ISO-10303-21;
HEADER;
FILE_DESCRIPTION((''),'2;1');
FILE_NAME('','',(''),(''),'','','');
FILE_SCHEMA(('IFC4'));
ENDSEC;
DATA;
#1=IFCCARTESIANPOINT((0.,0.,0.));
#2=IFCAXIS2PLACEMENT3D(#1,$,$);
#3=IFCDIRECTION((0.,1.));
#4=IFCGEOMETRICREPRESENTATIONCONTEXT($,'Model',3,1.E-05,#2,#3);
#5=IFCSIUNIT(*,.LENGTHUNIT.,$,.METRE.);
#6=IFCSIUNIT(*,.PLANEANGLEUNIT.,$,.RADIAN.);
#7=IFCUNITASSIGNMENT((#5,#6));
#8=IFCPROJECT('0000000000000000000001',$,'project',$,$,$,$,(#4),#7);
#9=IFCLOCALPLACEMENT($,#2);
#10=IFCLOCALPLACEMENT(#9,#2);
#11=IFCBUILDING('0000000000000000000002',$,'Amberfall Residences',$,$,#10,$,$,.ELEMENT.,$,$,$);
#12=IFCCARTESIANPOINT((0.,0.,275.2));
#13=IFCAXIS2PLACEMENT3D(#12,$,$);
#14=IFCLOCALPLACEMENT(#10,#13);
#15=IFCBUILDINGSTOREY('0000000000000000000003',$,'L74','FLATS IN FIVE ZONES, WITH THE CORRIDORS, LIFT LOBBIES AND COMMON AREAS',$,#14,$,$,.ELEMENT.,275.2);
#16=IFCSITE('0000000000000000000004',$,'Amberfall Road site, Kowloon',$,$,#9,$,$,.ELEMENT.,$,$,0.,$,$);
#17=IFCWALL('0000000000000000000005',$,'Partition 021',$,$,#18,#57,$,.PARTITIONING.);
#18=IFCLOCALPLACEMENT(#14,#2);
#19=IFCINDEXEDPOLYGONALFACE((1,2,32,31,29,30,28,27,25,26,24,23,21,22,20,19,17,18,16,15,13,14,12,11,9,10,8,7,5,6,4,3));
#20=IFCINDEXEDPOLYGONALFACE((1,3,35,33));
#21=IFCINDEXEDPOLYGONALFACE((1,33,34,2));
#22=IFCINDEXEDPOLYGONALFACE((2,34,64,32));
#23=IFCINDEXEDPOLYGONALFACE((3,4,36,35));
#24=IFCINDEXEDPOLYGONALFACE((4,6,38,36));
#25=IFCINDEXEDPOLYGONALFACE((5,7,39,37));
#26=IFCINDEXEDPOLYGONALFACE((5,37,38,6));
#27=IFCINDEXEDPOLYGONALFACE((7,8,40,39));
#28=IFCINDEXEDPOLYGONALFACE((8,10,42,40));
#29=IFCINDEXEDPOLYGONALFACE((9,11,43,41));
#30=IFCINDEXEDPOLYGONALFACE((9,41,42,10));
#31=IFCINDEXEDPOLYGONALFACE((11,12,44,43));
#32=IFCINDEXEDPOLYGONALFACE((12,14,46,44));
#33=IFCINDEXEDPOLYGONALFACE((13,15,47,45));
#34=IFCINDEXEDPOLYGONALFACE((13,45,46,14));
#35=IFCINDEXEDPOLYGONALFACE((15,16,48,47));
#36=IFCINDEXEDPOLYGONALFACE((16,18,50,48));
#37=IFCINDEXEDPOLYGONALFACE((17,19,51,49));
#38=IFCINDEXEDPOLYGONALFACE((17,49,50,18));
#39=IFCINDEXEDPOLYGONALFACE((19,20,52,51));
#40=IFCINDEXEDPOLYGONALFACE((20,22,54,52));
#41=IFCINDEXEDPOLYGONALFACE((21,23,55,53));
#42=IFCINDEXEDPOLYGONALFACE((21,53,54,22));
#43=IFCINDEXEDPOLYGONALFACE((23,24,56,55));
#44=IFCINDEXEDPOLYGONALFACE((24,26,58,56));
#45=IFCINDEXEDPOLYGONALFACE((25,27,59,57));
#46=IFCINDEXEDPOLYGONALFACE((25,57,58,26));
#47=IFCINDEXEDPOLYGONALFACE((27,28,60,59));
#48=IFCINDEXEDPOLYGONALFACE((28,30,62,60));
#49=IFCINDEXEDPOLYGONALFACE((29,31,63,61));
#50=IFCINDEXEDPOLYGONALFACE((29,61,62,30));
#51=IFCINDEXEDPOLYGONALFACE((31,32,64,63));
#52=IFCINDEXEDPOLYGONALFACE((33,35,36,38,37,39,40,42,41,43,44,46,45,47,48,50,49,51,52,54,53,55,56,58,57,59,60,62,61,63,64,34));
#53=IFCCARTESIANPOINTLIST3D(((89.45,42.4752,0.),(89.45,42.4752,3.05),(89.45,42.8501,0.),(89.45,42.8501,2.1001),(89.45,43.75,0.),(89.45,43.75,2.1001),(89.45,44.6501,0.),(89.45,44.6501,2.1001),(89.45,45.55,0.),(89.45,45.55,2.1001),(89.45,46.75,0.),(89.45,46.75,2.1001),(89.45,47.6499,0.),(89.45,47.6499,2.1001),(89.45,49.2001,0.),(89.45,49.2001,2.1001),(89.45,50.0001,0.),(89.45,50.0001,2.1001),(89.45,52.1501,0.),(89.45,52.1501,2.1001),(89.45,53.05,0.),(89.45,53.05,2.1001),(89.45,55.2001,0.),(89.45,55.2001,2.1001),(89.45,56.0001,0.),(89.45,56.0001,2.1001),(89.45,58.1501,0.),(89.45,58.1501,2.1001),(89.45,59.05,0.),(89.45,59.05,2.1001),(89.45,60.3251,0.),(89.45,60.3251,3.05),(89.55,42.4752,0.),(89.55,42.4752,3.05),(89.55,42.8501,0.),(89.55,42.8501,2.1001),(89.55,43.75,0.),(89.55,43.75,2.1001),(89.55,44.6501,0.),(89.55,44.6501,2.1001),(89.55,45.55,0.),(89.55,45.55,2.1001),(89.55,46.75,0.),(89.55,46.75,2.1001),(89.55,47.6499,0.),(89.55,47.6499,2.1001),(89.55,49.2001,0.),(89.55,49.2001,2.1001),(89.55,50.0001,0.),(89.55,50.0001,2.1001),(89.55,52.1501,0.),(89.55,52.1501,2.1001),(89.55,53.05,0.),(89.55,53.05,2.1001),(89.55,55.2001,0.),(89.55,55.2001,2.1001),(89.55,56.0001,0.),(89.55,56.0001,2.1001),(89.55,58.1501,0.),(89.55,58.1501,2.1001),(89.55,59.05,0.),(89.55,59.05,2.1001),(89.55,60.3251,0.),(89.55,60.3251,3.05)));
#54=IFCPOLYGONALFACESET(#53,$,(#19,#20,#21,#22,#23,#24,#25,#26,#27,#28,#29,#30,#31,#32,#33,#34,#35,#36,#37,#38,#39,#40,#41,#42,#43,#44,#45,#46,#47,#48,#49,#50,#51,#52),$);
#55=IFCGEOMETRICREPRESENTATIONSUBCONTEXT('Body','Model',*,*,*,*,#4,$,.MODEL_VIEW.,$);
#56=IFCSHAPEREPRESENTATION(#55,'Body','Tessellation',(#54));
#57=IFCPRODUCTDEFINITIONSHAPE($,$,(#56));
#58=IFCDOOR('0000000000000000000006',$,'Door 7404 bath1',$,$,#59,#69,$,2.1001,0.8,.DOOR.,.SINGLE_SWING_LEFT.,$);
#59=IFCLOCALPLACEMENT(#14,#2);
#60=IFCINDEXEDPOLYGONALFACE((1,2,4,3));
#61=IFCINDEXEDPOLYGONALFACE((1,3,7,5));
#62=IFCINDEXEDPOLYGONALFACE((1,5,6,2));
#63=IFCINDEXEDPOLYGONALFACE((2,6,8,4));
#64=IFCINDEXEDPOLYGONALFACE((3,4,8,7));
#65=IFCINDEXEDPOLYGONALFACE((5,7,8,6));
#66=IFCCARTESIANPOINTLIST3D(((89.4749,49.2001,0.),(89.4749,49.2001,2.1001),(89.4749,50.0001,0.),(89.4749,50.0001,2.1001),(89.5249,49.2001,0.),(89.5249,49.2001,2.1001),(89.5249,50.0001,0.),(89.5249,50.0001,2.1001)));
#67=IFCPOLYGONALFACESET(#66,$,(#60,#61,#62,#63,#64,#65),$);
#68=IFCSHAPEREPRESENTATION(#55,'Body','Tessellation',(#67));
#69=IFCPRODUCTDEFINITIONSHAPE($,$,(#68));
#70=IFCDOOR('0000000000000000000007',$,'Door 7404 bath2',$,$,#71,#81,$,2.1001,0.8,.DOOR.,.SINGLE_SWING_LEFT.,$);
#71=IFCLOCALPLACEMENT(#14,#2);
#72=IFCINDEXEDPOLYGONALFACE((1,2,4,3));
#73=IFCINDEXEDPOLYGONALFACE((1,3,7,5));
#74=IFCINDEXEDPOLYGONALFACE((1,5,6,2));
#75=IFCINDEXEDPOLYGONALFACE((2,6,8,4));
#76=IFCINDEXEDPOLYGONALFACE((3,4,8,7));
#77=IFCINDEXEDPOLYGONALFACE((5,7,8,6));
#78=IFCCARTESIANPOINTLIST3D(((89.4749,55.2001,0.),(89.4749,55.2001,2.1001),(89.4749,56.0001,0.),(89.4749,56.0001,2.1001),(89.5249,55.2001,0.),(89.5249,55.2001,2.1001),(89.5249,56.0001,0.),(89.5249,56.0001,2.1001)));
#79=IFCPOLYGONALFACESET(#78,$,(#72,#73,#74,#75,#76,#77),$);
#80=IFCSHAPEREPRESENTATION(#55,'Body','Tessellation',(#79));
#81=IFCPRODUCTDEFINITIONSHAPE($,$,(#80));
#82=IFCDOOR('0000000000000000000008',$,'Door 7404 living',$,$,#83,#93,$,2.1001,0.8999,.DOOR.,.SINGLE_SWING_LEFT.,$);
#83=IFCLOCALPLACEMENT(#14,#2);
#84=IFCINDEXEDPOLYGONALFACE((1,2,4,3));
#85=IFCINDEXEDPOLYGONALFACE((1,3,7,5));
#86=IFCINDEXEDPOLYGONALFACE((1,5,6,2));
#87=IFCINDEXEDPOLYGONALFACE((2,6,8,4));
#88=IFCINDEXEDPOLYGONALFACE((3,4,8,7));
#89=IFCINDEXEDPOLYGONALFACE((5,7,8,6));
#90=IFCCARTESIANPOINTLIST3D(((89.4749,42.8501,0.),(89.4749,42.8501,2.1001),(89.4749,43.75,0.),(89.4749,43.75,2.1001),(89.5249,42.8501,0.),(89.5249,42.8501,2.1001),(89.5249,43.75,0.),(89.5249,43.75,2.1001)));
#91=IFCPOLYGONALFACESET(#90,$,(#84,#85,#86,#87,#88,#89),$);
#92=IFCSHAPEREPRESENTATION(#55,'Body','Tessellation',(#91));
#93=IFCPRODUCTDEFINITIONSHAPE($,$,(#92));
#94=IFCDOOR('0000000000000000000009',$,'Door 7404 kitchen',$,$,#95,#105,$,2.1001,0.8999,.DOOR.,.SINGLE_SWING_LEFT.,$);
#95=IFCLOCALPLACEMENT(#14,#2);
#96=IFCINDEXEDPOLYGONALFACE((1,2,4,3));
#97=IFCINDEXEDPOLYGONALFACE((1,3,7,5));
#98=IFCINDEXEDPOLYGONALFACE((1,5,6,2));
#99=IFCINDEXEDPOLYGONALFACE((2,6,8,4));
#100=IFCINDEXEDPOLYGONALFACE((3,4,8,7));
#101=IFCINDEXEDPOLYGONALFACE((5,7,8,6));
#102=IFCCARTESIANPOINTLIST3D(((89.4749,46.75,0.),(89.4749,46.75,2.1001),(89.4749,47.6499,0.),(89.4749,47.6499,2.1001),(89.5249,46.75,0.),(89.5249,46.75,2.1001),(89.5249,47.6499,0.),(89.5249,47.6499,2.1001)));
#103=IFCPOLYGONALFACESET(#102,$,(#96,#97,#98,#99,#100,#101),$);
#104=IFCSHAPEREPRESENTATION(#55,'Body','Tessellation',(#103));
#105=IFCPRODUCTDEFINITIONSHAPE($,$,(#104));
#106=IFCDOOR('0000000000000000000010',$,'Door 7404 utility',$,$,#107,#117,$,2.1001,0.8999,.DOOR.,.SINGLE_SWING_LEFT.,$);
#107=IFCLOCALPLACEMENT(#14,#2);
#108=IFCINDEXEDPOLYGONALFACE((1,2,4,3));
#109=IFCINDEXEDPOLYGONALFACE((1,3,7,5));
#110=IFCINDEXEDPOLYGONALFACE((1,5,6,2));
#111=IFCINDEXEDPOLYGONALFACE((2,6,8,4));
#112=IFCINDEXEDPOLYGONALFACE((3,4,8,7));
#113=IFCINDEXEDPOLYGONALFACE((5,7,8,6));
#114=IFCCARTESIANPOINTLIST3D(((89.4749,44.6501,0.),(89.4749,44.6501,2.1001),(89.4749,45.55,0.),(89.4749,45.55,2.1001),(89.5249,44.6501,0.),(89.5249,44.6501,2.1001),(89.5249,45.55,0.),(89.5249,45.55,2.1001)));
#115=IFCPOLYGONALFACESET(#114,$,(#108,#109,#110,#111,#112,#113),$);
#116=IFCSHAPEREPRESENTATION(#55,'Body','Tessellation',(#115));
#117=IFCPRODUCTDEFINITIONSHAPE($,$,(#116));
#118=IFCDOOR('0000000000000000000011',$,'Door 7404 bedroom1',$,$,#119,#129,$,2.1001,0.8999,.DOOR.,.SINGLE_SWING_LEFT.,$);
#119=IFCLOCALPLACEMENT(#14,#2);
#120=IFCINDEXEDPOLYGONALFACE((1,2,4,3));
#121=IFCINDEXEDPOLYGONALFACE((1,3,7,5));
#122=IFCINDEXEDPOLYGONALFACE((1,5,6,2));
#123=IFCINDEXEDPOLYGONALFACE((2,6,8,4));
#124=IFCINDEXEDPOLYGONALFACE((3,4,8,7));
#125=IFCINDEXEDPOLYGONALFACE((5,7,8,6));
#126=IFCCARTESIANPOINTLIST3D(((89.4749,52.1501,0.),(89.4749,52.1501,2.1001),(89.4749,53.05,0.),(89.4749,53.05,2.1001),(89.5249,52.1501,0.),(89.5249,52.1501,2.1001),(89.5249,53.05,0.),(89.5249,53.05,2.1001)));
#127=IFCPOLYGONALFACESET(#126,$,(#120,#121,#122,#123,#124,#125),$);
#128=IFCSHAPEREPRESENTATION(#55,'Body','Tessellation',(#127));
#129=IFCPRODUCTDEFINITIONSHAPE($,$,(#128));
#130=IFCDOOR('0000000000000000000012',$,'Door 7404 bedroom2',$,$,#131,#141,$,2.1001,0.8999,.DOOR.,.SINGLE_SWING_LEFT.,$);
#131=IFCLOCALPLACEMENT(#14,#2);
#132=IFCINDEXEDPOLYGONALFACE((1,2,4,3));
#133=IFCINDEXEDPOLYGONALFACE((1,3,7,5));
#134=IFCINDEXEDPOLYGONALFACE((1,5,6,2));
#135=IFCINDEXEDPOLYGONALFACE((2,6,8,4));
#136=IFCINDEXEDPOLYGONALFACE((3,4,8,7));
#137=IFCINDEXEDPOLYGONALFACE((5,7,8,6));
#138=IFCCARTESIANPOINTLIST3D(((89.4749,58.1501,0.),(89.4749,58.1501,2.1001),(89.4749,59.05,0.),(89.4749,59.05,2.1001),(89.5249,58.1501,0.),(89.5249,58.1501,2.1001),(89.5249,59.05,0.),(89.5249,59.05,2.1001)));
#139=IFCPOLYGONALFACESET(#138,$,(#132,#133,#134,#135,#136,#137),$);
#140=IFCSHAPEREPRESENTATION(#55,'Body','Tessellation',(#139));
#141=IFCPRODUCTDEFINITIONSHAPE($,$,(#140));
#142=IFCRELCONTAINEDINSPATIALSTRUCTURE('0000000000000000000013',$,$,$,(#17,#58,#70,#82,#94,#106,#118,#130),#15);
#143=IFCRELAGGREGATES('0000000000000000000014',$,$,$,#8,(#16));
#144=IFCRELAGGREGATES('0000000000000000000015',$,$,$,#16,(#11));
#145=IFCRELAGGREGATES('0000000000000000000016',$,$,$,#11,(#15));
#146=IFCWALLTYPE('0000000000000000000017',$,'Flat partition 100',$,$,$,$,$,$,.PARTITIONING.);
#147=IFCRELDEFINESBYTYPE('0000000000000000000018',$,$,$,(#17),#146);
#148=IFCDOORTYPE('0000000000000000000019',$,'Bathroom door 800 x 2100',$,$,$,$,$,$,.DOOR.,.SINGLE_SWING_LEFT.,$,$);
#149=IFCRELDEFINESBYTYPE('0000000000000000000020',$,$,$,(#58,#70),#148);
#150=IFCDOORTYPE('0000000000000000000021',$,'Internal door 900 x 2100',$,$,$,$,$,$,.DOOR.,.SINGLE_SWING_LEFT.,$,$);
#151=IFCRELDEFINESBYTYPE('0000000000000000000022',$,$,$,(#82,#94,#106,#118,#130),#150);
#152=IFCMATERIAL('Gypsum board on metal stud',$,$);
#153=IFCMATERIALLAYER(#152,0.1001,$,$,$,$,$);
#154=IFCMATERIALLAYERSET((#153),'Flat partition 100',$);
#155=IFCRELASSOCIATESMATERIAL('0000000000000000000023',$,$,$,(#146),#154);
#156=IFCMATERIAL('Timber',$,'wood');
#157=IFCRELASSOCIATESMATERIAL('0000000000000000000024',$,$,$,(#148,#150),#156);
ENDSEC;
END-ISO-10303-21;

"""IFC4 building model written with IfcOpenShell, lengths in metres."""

from ifc_helpers import new_model, si_unit, direction, frame, frame_2d, origin, place, context, subcontext, project, spatial, rectangle, extrude, material, layer, layer_set, type_object, element, fill, save


model = new_model("IFC4")

# Units and contexts
model_context = context("Model", 3, precision=1e-05, world=origin(), true_north=direction((0.0, 1.0)))
body_context = subcontext(model_context, "Body", "Model", "MODEL_VIEW")
ifc_project = project(units=[si_unit("LENGTHUNIT", "METRE"), si_unit("PLANEANGLEUNIT", "RADIAN")], contexts=[model_context])

# Site, building, storey
site_placement = place(None, origin())
site = spatial("IfcSite", under=ifc_project, at=site_placement, Name="Amberfall Road site, Kowloon", CompositionType="ELEMENT", RefElevation=0.0)
building_placement = place(site_placement, origin())
building = spatial("IfcBuilding", under=site, at=building_placement, Name="Amberfall Residences", CompositionType="ELEMENT")
storey_placement = place(building_placement, frame((0.0, 0.0, 275.2)))
storey = spatial("IfcBuildingStorey", under=building, at=storey_placement, Name="L74", Description="FLATS IN FIVE ZONES, WITH THE CORRIDORS, LIFT LOBBIES AND COMMON AREAS", CompositionType="ELEMENT", Elevation=275.2)

# Wall, openings, doors
ifc_material_1 = material(Name="Gypsum board on metal stud")
ifc_layer_1 = layer(ifc_material_1, 0.1001)
ifc_layer_set_1 = layer_set([ifc_layer_1], Name="Flat partition 100")
wall_type_1 = type_object("IfcWallType", Name="Flat partition 100", PredefinedType="PARTITIONING", material=ifc_layer_set_1)
wall_1_placement = place(storey_placement, frame((89.5, 60.325, 0.0), z_axis=(0.0, 0.0, 1.0), x_axis=(0.0, -1.0, 0.0)))
wall_1 = element("IfcWall", 1, at=wall_1_placement, inside=storey, type_object=wall_type_1, Name="Partition 021", PredefinedType="PARTITIONING", context=body_context, shape_type="SweptSolid", body=[
    extrude(rectangle(XDim=17.8499, YDim=0.1001, at=frame_2d((8.9248, 0.0))), origin(), (0.0, 0.0, 1.0), 3.05),
])
opening_1_placement = place(wall_1_placement, frame((16.575, 0.0, 0.0)))
opening_1 = element("IfcOpeningElement", 2, at=opening_1_placement, cuts=wall_1, PredefinedType="OPENING", context=body_context, shape_type="SweptSolid", body=[
    extrude(rectangle(XDim=0.8999, YDim=2.1001, at=frame_2d((0.45, 1.05))), frame((0.0, 0.0601, 0.0), z_axis=(0.0, -1.0, 0.0), x_axis=(1.0, 0.0, 0.0)), (0.0, 0.0, 1.0), 0.1201),
])
opening_2_placement = place(wall_1_placement, frame((12.675, 0.0, 0.0)))
opening_2 = element("IfcOpeningElement", 3, at=opening_2_placement, cuts=wall_1, PredefinedType="OPENING", context=body_context, shape_type="SweptSolid", body=[
    extrude(rectangle(XDim=0.8999, YDim=2.1001, at=frame_2d((0.45, 1.05))), frame((0.0, 0.0601, 0.0), z_axis=(0.0, -1.0, 0.0), x_axis=(1.0, 0.0, 0.0)), (0.0, 0.0, 1.0), 0.1201),
])
opening_3_placement = place(wall_1_placement, frame((14.7749, 0.0, 0.0)))
opening_3 = element("IfcOpeningElement", 4, at=opening_3_placement, cuts=wall_1, PredefinedType="OPENING", context=body_context, shape_type="SweptSolid", body=[
    extrude(rectangle(XDim=0.8999, YDim=2.1001, at=frame_2d((0.45, 1.05))), frame((0.0, 0.0601, 0.0), z_axis=(0.0, -1.0, 0.0), x_axis=(1.0, 0.0, 0.0)), (0.0, 0.0, 1.0), 0.1201),
])
opening_4_placement = place(wall_1_placement, frame((7.2749, 0.0, 0.0)))
opening_4 = element("IfcOpeningElement", 5, at=opening_4_placement, cuts=wall_1, PredefinedType="OPENING", context=body_context, shape_type="SweptSolid", body=[
    extrude(rectangle(XDim=0.8999, YDim=2.1001, at=frame_2d((0.45, 1.05))), frame((0.0, 0.0601, 0.0), z_axis=(0.0, -1.0, 0.0), x_axis=(1.0, 0.0, 0.0)), (0.0, 0.0, 1.0), 0.1201),
])
opening_5_placement = place(wall_1_placement, frame((1.2749, 0.0, 0.0)))
opening_5 = element("IfcOpeningElement", 6, at=opening_5_placement, cuts=wall_1, PredefinedType="OPENING", context=body_context, shape_type="SweptSolid", body=[
    extrude(rectangle(XDim=0.8999, YDim=2.1001, at=frame_2d((0.45, 1.05))), frame((0.0, 0.0601, 0.0), z_axis=(0.0, -1.0, 0.0), x_axis=(1.0, 0.0, 0.0)), (0.0, 0.0, 1.0), 0.1201),
])
opening_6_placement = place(wall_1_placement, frame((10.325, 0.0, 0.0)))
opening_6 = element("IfcOpeningElement", 7, at=opening_6_placement, cuts=wall_1, PredefinedType="OPENING", context=body_context, shape_type="SweptSolid", body=[
    extrude(rectangle(XDim=0.8, YDim=2.1001, at=frame_2d((0.3999, 1.05))), frame((0.0, 0.0601, 0.0), z_axis=(0.0, -1.0, 0.0), x_axis=(1.0, 0.0, 0.0)), (0.0, 0.0, 1.0), 0.1201),
])
opening_7_placement = place(wall_1_placement, frame((4.325, 0.0, 0.0)))
opening_7 = element("IfcOpeningElement", 8, at=opening_7_placement, cuts=wall_1, PredefinedType="OPENING", context=body_context, shape_type="SweptSolid", body=[
    extrude(rectangle(XDim=0.8, YDim=2.1001, at=frame_2d((0.3999, 1.05))), frame((0.0, 0.0601, 0.0), z_axis=(0.0, -1.0, 0.0), x_axis=(1.0, 0.0, 0.0)), (0.0, 0.0, 1.0), 0.1201),
])
ifc_material_2 = material(Name="Timber", Category="wood")
door_type_1 = type_object("IfcDoorType", Name="Bathroom door 800 x 2100", OperationType="SINGLE_SWING_LEFT", PredefinedType="DOOR", material=ifc_material_2)
door_1_placement = place(opening_6_placement, origin())
door_1 = element("IfcDoor", 9, at=door_1_placement, inside=storey, type_object=door_type_1, Name="Door 7404 bath1", OperationType="SINGLE_SWING_LEFT", OverallHeight=2.1001, OverallWidth=0.8, PredefinedType="DOOR", context=body_context, shape_type="SweptSolid", body=[
    extrude(rectangle(XDim=0.8, YDim=2.1001, at=frame_2d((0.3999, 1.05))), frame((0.0, 0.0249, 0.0), z_axis=(0.0, -1.0, 0.0), x_axis=(1.0, 0.0, 0.0)), (0.0, 0.0, 1.0), 0.05),
])
fill(opening_6, door_1)
door_2_placement = place(opening_7_placement, origin())
door_2 = element("IfcDoor", 10, at=door_2_placement, inside=storey, type_object=door_type_1, Name="Door 7404 bath2", OperationType="SINGLE_SWING_LEFT", OverallHeight=2.1001, OverallWidth=0.8, PredefinedType="DOOR", context=body_context, shape_type="SweptSolid", body=[
    extrude(rectangle(XDim=0.8, YDim=2.1001, at=frame_2d((0.3999, 1.05))), frame((0.0, 0.0249, 0.0), z_axis=(0.0, -1.0, 0.0), x_axis=(1.0, 0.0, 0.0)), (0.0, 0.0, 1.0), 0.05),
])
fill(opening_7, door_2)
door_type_2 = type_object("IfcDoorType", Name="Internal door 900 x 2100", OperationType="SINGLE_SWING_LEFT", PredefinedType="DOOR", material=ifc_material_2)
door_3_placement = place(opening_1_placement, origin())
door_3 = element("IfcDoor", 11, at=door_3_placement, inside=storey, type_object=door_type_2, Name="Door 7404 living", OperationType="SINGLE_SWING_LEFT", OverallHeight=2.1001, OverallWidth=0.8999, PredefinedType="DOOR", context=body_context, shape_type="SweptSolid", body=[
    extrude(rectangle(XDim=0.8999, YDim=2.1001, at=frame_2d((0.45, 1.05))), frame((0.0, 0.0249, 0.0), z_axis=(0.0, -1.0, 0.0), x_axis=(1.0, 0.0, 0.0)), (0.0, 0.0, 1.0), 0.05),
])
fill(opening_1, door_3)
door_4_placement = place(opening_2_placement, origin())
door_4 = element("IfcDoor", 12, at=door_4_placement, inside=storey, type_object=door_type_2, Name="Door 7404 kitchen", OperationType="SINGLE_SWING_LEFT", OverallHeight=2.1001, OverallWidth=0.8999, PredefinedType="DOOR", context=body_context, shape_type="SweptSolid", body=[
    extrude(rectangle(XDim=0.8999, YDim=2.1001, at=frame_2d((0.45, 1.05))), frame((0.0, 0.0249, 0.0), z_axis=(0.0, -1.0, 0.0), x_axis=(1.0, 0.0, 0.0)), (0.0, 0.0, 1.0), 0.05),
])
fill(opening_2, door_4)
door_5_placement = place(opening_3_placement, origin())
door_5 = element("IfcDoor", 13, at=door_5_placement, inside=storey, type_object=door_type_2, Name="Door 7404 utility", OperationType="SINGLE_SWING_LEFT", OverallHeight=2.1001, OverallWidth=0.8999, PredefinedType="DOOR", context=body_context, shape_type="SweptSolid", body=[
    extrude(rectangle(XDim=0.8999, YDim=2.1001, at=frame_2d((0.45, 1.05))), frame((0.0, 0.0249, 0.0), z_axis=(0.0, -1.0, 0.0), x_axis=(1.0, 0.0, 0.0)), (0.0, 0.0, 1.0), 0.05),
])
fill(opening_3, door_5)
door_6_placement = place(opening_4_placement, origin())
door_6 = element("IfcDoor", 14, at=door_6_placement, inside=storey, type_object=door_type_2, Name="Door 7404 bedroom1", OperationType="SINGLE_SWING_LEFT", OverallHeight=2.1001, OverallWidth=0.8999, PredefinedType="DOOR", context=body_context, shape_type="SweptSolid", body=[
    extrude(rectangle(XDim=0.8999, YDim=2.1001, at=frame_2d((0.45, 1.05))), frame((0.0, 0.0249, 0.0), z_axis=(0.0, -1.0, 0.0), x_axis=(1.0, 0.0, 0.0)), (0.0, 0.0, 1.0), 0.05),
])
fill(opening_4, door_6)
door_7_placement = place(opening_5_placement, origin())
door_7 = element("IfcDoor", 15, at=door_7_placement, inside=storey, type_object=door_type_2, Name="Door 7404 bedroom2", OperationType="SINGLE_SWING_LEFT", OverallHeight=2.1001, OverallWidth=0.8999, PredefinedType="DOOR", context=body_context, shape_type="SweptSolid", body=[
    extrude(rectangle(XDim=0.8999, YDim=2.1001, at=frame_2d((0.45, 1.05))), frame((0.0, 0.0249, 0.0), z_axis=(0.0, -1.0, 0.0), x_axis=(1.0, 0.0, 0.0)), (0.0, 0.0, 1.0), 0.05),
])
fill(opening_5, door_7)

save(model, "model.ifc")
